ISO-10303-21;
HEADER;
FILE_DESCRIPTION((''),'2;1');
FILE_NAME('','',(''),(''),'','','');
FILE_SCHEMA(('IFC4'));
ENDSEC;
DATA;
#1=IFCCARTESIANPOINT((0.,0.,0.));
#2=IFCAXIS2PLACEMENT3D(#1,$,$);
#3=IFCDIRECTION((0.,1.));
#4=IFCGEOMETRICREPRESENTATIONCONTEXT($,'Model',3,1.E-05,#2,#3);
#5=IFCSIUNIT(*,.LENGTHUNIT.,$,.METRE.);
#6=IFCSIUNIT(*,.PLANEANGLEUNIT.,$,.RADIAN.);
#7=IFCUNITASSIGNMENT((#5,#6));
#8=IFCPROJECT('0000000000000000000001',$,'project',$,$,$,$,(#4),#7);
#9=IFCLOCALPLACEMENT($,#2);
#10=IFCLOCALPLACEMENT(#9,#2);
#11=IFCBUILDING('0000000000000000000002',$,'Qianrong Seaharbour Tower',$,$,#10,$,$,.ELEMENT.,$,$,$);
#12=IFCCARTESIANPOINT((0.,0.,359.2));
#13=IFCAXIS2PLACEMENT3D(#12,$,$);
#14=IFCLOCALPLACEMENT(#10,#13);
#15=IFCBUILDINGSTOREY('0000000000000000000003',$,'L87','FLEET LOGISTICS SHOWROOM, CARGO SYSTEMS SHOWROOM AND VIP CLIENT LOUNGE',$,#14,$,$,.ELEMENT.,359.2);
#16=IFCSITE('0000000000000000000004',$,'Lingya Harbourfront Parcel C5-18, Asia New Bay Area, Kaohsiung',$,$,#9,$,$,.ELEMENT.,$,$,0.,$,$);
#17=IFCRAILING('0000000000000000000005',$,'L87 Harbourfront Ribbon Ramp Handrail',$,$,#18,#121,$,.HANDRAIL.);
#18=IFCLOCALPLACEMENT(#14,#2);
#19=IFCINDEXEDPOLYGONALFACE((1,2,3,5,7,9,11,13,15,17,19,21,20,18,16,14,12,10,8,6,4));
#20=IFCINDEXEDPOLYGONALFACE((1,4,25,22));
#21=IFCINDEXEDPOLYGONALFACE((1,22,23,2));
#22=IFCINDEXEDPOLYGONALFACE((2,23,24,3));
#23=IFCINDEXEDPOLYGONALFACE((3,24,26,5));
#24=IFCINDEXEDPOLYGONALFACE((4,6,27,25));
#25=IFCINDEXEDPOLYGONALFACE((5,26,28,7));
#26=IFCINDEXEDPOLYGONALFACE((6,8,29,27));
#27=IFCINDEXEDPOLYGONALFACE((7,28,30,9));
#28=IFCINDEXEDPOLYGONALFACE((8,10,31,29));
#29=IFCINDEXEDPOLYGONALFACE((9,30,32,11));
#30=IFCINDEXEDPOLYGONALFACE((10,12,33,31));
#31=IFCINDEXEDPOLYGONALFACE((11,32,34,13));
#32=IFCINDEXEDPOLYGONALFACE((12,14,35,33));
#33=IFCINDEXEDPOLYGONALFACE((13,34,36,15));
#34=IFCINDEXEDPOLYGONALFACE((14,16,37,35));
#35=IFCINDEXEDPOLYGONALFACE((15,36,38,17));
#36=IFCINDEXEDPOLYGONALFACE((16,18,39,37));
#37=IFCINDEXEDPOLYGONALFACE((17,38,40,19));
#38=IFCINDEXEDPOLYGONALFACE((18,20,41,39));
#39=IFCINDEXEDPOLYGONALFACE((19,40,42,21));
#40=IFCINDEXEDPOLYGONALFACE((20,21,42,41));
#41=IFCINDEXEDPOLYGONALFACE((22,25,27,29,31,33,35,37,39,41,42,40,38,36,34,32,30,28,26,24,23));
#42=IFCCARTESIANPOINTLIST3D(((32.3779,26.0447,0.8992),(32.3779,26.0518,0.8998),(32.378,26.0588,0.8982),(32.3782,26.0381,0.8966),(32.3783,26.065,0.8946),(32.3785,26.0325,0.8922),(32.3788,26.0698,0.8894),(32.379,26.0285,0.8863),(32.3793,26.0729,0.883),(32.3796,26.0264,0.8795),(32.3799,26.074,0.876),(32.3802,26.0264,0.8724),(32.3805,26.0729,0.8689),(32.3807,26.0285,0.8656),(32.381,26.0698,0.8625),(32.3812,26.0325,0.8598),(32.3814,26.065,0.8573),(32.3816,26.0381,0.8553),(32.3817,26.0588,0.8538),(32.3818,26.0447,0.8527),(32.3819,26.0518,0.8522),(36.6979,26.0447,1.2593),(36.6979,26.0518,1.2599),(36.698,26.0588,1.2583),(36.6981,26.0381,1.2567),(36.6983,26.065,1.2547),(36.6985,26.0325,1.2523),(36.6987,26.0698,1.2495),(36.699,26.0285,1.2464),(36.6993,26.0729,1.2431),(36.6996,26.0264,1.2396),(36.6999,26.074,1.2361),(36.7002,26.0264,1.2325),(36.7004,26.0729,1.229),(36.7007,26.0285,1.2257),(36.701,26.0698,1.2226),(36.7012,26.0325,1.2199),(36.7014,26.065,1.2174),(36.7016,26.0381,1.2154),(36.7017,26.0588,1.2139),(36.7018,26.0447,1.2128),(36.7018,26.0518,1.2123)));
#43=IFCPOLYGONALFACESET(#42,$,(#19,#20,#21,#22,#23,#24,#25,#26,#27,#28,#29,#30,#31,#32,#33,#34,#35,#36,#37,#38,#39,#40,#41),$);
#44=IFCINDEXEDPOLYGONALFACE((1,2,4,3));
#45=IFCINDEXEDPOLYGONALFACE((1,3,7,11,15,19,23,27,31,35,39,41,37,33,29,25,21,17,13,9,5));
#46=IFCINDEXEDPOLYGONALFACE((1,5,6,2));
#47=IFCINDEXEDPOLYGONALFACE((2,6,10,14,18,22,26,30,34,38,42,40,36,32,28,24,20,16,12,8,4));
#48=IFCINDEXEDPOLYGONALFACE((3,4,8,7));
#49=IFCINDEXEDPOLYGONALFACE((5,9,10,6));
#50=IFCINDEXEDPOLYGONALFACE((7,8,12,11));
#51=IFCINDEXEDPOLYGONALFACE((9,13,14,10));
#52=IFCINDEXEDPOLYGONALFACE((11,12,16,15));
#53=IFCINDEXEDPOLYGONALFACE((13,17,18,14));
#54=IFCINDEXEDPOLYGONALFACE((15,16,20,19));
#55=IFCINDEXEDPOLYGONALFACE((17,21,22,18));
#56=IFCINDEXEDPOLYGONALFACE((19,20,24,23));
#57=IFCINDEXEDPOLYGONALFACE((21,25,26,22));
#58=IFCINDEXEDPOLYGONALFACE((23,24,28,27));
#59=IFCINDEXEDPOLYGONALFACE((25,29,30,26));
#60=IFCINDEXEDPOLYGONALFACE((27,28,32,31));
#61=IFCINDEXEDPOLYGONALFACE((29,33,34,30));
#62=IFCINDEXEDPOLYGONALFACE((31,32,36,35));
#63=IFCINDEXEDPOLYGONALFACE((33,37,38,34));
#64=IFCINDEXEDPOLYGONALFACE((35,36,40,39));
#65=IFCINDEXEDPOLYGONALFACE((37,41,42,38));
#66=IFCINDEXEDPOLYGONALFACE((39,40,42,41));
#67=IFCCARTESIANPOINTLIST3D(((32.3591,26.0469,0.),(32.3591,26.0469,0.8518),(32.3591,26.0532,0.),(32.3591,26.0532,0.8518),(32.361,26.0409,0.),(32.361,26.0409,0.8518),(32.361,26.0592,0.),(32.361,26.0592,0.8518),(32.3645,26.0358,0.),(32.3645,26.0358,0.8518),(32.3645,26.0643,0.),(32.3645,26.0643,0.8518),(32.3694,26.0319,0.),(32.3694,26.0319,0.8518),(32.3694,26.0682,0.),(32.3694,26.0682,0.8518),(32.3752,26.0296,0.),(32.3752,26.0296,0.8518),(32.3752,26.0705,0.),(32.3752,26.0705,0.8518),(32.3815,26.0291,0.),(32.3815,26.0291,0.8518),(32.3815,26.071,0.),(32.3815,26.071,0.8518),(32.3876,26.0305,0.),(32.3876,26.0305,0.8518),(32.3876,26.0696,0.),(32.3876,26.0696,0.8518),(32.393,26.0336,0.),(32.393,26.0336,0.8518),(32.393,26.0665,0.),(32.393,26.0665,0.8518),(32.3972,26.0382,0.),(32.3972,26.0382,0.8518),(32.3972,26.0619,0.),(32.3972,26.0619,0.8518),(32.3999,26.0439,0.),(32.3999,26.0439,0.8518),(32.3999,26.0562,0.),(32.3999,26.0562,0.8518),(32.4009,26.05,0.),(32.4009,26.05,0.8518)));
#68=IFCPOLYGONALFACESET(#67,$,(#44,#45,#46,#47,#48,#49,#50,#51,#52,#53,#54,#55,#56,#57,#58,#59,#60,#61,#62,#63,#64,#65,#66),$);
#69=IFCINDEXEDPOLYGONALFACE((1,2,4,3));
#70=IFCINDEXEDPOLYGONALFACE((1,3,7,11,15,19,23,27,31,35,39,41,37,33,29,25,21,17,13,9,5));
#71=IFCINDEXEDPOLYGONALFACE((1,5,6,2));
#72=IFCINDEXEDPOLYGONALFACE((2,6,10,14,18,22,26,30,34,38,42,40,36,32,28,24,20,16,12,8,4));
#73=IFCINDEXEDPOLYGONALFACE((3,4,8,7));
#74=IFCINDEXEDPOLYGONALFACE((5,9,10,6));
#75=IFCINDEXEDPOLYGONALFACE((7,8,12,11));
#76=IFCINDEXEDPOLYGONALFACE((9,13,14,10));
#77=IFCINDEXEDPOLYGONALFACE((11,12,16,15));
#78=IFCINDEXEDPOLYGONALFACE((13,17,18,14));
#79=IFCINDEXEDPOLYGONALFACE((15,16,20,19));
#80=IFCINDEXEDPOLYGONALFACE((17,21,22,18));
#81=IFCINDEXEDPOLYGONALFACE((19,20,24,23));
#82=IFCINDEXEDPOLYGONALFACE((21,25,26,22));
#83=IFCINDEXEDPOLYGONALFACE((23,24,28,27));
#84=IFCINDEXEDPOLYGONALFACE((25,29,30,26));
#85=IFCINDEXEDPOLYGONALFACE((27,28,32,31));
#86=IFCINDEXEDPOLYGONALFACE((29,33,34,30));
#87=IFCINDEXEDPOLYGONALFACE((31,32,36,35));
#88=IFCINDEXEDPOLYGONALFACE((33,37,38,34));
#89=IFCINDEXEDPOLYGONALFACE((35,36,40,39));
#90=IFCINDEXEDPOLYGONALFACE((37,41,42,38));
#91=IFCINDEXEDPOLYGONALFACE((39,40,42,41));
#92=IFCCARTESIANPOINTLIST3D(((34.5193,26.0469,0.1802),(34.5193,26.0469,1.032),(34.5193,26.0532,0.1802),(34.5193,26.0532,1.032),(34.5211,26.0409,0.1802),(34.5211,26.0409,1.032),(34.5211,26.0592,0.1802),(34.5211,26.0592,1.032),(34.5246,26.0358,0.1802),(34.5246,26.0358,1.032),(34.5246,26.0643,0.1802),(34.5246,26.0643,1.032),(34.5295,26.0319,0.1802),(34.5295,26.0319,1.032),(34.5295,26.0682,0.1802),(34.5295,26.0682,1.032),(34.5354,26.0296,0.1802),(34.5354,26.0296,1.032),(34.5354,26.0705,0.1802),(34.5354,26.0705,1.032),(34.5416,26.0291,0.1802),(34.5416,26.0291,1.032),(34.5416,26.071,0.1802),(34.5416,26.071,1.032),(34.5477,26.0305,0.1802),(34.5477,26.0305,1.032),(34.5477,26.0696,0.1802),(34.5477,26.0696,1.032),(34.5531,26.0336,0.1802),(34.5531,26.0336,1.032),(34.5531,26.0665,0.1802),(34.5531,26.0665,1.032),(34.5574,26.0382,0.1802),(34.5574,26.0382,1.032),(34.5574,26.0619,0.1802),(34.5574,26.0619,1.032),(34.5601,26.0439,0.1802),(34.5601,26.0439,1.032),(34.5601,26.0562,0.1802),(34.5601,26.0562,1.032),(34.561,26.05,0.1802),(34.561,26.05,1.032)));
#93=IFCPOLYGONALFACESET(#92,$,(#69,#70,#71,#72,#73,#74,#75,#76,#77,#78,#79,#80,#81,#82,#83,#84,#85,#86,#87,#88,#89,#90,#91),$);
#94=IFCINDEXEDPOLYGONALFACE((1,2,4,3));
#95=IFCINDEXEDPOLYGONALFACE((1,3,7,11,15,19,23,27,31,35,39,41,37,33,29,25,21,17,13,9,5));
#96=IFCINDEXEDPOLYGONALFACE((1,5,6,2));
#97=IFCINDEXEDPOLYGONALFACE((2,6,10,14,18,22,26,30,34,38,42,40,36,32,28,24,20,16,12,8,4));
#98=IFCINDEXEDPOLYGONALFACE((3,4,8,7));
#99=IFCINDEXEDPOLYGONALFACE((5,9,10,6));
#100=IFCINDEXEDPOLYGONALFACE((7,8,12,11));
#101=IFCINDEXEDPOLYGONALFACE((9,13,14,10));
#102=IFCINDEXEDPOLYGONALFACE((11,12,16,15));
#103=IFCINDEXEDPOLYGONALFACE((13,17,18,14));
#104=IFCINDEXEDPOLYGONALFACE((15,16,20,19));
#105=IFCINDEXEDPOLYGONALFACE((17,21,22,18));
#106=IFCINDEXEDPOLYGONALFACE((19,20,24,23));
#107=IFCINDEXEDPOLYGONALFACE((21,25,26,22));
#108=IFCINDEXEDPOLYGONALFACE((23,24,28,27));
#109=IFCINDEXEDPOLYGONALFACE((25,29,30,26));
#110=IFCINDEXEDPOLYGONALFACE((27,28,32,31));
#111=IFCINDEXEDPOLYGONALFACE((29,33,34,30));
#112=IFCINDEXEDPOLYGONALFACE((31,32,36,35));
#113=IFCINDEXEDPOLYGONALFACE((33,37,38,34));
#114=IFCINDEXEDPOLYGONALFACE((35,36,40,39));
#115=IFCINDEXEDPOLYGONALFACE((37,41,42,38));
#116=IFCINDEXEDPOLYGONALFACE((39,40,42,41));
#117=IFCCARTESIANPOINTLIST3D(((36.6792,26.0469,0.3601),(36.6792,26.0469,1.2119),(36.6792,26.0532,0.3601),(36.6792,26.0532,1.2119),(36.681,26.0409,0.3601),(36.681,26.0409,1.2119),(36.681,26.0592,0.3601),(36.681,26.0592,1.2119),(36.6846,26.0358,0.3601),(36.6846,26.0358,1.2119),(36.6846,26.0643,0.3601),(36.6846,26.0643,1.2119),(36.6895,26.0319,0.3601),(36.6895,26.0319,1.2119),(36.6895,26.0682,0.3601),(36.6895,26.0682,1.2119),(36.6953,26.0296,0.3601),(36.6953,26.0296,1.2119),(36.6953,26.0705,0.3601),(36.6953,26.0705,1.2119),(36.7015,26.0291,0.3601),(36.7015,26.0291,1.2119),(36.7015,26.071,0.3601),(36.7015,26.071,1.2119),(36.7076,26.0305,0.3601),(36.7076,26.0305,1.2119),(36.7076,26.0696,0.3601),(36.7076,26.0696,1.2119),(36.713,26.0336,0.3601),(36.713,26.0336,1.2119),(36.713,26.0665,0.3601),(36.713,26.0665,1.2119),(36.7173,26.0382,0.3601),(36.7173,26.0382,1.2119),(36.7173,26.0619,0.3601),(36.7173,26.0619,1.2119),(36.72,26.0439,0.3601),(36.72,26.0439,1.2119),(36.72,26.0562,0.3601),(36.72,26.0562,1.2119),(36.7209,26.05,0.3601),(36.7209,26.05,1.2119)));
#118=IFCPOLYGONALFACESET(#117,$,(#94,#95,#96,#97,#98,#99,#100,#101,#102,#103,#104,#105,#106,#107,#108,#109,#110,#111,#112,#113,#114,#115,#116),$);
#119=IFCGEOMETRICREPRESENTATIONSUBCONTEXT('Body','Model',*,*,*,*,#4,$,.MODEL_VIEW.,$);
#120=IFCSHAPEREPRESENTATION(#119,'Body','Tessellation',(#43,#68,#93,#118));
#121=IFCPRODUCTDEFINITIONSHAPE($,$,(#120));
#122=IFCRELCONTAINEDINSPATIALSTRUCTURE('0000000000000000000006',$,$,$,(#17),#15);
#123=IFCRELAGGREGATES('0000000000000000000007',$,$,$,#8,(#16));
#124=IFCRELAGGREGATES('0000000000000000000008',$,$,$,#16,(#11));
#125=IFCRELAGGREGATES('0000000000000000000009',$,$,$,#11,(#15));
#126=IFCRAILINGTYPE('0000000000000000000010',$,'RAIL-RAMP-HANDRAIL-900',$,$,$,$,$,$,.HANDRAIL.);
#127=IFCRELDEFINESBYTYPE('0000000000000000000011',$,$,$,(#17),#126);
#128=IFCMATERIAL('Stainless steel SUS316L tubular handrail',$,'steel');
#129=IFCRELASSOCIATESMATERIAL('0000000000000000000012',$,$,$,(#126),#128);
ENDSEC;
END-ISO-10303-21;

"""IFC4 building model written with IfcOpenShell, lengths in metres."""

from ifc_helpers import new_model, si_unit, direction, frame, origin, origin_2d, place, context, subcontext, project, spatial, circle, extrude, material, type_object, element, save


model = new_model("IFC4")

# Units and contexts
model_context = context("Model", 3, precision=1e-05, world=origin(), true_north=direction((0.0, 1.0)))
body_context = subcontext(model_context, "Body", "Model", "MODEL_VIEW")
ifc_project = project(units=[si_unit("LENGTHUNIT", "METRE"), si_unit("PLANEANGLEUNIT", "RADIAN")], contexts=[model_context])

# Site, building, storey
site_placement = place(None, origin())
site = spatial("IfcSite", under=ifc_project, at=site_placement, Name="Lingya Harbourfront Parcel C5-18, Asia New Bay Area, Kaohsiung", CompositionType="ELEMENT", RefElevation=0.0)
building_placement = place(site_placement, origin())
building = spatial("IfcBuilding", under=site, at=building_placement, Name="Qianrong Seaharbour Tower", CompositionType="ELEMENT")
storey_placement = place(building_placement, frame((0.0, 0.0, 359.2)))
storey = spatial("IfcBuildingStorey", under=building, at=storey_placement, Name="L87", Description="FLEET LOGISTICS SHOWROOM, CARGO SYSTEMS SHOWROOM AND VIP CLIENT LOUNGE", CompositionType="ELEMENT", Elevation=359.2)

# Railing
ifc_material_1 = material(Name="Stainless steel SUS316L tubular handrail", Category="steel")
railing_type_1 = type_object("IfcRailingType", Name="RAIL-RAMP-HANDRAIL-900", PredefinedType="HANDRAIL", material=ifc_material_1)
railing_1_placement = place(storey_placement, frame((32.3799, 26.05, 0.0)))
element("IfcRailing", 1, at=railing_1_placement, inside=storey, type_object=railing_type_1, Name="L87 Harbourfront Ribbon Ramp Handrail", PredefinedType="HANDRAIL", context=body_context, shape_type="SweptSolid", body=[
    extrude(circle(Radius=0.0239, at=origin_2d()), frame((0.0, 0.0, 0.876), z_axis=(0.996544, 0.0, 0.083069), x_axis=(0.0, 1.0, 0.0)), (0.0, 0.0, 1.0), 4.335),
    extrude(circle(Radius=0.021, at=origin_2d()), origin(), (0.0, 0.0, 1.0), 0.8518),
    extrude(circle(Radius=0.021, at=origin_2d()), frame((2.1602, 0.0, 0.1802)), (0.0, 0.0, 1.0), 0.8518),
    extrude(circle(Radius=0.021, at=origin_2d()), frame((4.3201, 0.0, 0.3601)), (0.0, 0.0, 1.0), 0.8518),
])

save(model, "model.ifc")
